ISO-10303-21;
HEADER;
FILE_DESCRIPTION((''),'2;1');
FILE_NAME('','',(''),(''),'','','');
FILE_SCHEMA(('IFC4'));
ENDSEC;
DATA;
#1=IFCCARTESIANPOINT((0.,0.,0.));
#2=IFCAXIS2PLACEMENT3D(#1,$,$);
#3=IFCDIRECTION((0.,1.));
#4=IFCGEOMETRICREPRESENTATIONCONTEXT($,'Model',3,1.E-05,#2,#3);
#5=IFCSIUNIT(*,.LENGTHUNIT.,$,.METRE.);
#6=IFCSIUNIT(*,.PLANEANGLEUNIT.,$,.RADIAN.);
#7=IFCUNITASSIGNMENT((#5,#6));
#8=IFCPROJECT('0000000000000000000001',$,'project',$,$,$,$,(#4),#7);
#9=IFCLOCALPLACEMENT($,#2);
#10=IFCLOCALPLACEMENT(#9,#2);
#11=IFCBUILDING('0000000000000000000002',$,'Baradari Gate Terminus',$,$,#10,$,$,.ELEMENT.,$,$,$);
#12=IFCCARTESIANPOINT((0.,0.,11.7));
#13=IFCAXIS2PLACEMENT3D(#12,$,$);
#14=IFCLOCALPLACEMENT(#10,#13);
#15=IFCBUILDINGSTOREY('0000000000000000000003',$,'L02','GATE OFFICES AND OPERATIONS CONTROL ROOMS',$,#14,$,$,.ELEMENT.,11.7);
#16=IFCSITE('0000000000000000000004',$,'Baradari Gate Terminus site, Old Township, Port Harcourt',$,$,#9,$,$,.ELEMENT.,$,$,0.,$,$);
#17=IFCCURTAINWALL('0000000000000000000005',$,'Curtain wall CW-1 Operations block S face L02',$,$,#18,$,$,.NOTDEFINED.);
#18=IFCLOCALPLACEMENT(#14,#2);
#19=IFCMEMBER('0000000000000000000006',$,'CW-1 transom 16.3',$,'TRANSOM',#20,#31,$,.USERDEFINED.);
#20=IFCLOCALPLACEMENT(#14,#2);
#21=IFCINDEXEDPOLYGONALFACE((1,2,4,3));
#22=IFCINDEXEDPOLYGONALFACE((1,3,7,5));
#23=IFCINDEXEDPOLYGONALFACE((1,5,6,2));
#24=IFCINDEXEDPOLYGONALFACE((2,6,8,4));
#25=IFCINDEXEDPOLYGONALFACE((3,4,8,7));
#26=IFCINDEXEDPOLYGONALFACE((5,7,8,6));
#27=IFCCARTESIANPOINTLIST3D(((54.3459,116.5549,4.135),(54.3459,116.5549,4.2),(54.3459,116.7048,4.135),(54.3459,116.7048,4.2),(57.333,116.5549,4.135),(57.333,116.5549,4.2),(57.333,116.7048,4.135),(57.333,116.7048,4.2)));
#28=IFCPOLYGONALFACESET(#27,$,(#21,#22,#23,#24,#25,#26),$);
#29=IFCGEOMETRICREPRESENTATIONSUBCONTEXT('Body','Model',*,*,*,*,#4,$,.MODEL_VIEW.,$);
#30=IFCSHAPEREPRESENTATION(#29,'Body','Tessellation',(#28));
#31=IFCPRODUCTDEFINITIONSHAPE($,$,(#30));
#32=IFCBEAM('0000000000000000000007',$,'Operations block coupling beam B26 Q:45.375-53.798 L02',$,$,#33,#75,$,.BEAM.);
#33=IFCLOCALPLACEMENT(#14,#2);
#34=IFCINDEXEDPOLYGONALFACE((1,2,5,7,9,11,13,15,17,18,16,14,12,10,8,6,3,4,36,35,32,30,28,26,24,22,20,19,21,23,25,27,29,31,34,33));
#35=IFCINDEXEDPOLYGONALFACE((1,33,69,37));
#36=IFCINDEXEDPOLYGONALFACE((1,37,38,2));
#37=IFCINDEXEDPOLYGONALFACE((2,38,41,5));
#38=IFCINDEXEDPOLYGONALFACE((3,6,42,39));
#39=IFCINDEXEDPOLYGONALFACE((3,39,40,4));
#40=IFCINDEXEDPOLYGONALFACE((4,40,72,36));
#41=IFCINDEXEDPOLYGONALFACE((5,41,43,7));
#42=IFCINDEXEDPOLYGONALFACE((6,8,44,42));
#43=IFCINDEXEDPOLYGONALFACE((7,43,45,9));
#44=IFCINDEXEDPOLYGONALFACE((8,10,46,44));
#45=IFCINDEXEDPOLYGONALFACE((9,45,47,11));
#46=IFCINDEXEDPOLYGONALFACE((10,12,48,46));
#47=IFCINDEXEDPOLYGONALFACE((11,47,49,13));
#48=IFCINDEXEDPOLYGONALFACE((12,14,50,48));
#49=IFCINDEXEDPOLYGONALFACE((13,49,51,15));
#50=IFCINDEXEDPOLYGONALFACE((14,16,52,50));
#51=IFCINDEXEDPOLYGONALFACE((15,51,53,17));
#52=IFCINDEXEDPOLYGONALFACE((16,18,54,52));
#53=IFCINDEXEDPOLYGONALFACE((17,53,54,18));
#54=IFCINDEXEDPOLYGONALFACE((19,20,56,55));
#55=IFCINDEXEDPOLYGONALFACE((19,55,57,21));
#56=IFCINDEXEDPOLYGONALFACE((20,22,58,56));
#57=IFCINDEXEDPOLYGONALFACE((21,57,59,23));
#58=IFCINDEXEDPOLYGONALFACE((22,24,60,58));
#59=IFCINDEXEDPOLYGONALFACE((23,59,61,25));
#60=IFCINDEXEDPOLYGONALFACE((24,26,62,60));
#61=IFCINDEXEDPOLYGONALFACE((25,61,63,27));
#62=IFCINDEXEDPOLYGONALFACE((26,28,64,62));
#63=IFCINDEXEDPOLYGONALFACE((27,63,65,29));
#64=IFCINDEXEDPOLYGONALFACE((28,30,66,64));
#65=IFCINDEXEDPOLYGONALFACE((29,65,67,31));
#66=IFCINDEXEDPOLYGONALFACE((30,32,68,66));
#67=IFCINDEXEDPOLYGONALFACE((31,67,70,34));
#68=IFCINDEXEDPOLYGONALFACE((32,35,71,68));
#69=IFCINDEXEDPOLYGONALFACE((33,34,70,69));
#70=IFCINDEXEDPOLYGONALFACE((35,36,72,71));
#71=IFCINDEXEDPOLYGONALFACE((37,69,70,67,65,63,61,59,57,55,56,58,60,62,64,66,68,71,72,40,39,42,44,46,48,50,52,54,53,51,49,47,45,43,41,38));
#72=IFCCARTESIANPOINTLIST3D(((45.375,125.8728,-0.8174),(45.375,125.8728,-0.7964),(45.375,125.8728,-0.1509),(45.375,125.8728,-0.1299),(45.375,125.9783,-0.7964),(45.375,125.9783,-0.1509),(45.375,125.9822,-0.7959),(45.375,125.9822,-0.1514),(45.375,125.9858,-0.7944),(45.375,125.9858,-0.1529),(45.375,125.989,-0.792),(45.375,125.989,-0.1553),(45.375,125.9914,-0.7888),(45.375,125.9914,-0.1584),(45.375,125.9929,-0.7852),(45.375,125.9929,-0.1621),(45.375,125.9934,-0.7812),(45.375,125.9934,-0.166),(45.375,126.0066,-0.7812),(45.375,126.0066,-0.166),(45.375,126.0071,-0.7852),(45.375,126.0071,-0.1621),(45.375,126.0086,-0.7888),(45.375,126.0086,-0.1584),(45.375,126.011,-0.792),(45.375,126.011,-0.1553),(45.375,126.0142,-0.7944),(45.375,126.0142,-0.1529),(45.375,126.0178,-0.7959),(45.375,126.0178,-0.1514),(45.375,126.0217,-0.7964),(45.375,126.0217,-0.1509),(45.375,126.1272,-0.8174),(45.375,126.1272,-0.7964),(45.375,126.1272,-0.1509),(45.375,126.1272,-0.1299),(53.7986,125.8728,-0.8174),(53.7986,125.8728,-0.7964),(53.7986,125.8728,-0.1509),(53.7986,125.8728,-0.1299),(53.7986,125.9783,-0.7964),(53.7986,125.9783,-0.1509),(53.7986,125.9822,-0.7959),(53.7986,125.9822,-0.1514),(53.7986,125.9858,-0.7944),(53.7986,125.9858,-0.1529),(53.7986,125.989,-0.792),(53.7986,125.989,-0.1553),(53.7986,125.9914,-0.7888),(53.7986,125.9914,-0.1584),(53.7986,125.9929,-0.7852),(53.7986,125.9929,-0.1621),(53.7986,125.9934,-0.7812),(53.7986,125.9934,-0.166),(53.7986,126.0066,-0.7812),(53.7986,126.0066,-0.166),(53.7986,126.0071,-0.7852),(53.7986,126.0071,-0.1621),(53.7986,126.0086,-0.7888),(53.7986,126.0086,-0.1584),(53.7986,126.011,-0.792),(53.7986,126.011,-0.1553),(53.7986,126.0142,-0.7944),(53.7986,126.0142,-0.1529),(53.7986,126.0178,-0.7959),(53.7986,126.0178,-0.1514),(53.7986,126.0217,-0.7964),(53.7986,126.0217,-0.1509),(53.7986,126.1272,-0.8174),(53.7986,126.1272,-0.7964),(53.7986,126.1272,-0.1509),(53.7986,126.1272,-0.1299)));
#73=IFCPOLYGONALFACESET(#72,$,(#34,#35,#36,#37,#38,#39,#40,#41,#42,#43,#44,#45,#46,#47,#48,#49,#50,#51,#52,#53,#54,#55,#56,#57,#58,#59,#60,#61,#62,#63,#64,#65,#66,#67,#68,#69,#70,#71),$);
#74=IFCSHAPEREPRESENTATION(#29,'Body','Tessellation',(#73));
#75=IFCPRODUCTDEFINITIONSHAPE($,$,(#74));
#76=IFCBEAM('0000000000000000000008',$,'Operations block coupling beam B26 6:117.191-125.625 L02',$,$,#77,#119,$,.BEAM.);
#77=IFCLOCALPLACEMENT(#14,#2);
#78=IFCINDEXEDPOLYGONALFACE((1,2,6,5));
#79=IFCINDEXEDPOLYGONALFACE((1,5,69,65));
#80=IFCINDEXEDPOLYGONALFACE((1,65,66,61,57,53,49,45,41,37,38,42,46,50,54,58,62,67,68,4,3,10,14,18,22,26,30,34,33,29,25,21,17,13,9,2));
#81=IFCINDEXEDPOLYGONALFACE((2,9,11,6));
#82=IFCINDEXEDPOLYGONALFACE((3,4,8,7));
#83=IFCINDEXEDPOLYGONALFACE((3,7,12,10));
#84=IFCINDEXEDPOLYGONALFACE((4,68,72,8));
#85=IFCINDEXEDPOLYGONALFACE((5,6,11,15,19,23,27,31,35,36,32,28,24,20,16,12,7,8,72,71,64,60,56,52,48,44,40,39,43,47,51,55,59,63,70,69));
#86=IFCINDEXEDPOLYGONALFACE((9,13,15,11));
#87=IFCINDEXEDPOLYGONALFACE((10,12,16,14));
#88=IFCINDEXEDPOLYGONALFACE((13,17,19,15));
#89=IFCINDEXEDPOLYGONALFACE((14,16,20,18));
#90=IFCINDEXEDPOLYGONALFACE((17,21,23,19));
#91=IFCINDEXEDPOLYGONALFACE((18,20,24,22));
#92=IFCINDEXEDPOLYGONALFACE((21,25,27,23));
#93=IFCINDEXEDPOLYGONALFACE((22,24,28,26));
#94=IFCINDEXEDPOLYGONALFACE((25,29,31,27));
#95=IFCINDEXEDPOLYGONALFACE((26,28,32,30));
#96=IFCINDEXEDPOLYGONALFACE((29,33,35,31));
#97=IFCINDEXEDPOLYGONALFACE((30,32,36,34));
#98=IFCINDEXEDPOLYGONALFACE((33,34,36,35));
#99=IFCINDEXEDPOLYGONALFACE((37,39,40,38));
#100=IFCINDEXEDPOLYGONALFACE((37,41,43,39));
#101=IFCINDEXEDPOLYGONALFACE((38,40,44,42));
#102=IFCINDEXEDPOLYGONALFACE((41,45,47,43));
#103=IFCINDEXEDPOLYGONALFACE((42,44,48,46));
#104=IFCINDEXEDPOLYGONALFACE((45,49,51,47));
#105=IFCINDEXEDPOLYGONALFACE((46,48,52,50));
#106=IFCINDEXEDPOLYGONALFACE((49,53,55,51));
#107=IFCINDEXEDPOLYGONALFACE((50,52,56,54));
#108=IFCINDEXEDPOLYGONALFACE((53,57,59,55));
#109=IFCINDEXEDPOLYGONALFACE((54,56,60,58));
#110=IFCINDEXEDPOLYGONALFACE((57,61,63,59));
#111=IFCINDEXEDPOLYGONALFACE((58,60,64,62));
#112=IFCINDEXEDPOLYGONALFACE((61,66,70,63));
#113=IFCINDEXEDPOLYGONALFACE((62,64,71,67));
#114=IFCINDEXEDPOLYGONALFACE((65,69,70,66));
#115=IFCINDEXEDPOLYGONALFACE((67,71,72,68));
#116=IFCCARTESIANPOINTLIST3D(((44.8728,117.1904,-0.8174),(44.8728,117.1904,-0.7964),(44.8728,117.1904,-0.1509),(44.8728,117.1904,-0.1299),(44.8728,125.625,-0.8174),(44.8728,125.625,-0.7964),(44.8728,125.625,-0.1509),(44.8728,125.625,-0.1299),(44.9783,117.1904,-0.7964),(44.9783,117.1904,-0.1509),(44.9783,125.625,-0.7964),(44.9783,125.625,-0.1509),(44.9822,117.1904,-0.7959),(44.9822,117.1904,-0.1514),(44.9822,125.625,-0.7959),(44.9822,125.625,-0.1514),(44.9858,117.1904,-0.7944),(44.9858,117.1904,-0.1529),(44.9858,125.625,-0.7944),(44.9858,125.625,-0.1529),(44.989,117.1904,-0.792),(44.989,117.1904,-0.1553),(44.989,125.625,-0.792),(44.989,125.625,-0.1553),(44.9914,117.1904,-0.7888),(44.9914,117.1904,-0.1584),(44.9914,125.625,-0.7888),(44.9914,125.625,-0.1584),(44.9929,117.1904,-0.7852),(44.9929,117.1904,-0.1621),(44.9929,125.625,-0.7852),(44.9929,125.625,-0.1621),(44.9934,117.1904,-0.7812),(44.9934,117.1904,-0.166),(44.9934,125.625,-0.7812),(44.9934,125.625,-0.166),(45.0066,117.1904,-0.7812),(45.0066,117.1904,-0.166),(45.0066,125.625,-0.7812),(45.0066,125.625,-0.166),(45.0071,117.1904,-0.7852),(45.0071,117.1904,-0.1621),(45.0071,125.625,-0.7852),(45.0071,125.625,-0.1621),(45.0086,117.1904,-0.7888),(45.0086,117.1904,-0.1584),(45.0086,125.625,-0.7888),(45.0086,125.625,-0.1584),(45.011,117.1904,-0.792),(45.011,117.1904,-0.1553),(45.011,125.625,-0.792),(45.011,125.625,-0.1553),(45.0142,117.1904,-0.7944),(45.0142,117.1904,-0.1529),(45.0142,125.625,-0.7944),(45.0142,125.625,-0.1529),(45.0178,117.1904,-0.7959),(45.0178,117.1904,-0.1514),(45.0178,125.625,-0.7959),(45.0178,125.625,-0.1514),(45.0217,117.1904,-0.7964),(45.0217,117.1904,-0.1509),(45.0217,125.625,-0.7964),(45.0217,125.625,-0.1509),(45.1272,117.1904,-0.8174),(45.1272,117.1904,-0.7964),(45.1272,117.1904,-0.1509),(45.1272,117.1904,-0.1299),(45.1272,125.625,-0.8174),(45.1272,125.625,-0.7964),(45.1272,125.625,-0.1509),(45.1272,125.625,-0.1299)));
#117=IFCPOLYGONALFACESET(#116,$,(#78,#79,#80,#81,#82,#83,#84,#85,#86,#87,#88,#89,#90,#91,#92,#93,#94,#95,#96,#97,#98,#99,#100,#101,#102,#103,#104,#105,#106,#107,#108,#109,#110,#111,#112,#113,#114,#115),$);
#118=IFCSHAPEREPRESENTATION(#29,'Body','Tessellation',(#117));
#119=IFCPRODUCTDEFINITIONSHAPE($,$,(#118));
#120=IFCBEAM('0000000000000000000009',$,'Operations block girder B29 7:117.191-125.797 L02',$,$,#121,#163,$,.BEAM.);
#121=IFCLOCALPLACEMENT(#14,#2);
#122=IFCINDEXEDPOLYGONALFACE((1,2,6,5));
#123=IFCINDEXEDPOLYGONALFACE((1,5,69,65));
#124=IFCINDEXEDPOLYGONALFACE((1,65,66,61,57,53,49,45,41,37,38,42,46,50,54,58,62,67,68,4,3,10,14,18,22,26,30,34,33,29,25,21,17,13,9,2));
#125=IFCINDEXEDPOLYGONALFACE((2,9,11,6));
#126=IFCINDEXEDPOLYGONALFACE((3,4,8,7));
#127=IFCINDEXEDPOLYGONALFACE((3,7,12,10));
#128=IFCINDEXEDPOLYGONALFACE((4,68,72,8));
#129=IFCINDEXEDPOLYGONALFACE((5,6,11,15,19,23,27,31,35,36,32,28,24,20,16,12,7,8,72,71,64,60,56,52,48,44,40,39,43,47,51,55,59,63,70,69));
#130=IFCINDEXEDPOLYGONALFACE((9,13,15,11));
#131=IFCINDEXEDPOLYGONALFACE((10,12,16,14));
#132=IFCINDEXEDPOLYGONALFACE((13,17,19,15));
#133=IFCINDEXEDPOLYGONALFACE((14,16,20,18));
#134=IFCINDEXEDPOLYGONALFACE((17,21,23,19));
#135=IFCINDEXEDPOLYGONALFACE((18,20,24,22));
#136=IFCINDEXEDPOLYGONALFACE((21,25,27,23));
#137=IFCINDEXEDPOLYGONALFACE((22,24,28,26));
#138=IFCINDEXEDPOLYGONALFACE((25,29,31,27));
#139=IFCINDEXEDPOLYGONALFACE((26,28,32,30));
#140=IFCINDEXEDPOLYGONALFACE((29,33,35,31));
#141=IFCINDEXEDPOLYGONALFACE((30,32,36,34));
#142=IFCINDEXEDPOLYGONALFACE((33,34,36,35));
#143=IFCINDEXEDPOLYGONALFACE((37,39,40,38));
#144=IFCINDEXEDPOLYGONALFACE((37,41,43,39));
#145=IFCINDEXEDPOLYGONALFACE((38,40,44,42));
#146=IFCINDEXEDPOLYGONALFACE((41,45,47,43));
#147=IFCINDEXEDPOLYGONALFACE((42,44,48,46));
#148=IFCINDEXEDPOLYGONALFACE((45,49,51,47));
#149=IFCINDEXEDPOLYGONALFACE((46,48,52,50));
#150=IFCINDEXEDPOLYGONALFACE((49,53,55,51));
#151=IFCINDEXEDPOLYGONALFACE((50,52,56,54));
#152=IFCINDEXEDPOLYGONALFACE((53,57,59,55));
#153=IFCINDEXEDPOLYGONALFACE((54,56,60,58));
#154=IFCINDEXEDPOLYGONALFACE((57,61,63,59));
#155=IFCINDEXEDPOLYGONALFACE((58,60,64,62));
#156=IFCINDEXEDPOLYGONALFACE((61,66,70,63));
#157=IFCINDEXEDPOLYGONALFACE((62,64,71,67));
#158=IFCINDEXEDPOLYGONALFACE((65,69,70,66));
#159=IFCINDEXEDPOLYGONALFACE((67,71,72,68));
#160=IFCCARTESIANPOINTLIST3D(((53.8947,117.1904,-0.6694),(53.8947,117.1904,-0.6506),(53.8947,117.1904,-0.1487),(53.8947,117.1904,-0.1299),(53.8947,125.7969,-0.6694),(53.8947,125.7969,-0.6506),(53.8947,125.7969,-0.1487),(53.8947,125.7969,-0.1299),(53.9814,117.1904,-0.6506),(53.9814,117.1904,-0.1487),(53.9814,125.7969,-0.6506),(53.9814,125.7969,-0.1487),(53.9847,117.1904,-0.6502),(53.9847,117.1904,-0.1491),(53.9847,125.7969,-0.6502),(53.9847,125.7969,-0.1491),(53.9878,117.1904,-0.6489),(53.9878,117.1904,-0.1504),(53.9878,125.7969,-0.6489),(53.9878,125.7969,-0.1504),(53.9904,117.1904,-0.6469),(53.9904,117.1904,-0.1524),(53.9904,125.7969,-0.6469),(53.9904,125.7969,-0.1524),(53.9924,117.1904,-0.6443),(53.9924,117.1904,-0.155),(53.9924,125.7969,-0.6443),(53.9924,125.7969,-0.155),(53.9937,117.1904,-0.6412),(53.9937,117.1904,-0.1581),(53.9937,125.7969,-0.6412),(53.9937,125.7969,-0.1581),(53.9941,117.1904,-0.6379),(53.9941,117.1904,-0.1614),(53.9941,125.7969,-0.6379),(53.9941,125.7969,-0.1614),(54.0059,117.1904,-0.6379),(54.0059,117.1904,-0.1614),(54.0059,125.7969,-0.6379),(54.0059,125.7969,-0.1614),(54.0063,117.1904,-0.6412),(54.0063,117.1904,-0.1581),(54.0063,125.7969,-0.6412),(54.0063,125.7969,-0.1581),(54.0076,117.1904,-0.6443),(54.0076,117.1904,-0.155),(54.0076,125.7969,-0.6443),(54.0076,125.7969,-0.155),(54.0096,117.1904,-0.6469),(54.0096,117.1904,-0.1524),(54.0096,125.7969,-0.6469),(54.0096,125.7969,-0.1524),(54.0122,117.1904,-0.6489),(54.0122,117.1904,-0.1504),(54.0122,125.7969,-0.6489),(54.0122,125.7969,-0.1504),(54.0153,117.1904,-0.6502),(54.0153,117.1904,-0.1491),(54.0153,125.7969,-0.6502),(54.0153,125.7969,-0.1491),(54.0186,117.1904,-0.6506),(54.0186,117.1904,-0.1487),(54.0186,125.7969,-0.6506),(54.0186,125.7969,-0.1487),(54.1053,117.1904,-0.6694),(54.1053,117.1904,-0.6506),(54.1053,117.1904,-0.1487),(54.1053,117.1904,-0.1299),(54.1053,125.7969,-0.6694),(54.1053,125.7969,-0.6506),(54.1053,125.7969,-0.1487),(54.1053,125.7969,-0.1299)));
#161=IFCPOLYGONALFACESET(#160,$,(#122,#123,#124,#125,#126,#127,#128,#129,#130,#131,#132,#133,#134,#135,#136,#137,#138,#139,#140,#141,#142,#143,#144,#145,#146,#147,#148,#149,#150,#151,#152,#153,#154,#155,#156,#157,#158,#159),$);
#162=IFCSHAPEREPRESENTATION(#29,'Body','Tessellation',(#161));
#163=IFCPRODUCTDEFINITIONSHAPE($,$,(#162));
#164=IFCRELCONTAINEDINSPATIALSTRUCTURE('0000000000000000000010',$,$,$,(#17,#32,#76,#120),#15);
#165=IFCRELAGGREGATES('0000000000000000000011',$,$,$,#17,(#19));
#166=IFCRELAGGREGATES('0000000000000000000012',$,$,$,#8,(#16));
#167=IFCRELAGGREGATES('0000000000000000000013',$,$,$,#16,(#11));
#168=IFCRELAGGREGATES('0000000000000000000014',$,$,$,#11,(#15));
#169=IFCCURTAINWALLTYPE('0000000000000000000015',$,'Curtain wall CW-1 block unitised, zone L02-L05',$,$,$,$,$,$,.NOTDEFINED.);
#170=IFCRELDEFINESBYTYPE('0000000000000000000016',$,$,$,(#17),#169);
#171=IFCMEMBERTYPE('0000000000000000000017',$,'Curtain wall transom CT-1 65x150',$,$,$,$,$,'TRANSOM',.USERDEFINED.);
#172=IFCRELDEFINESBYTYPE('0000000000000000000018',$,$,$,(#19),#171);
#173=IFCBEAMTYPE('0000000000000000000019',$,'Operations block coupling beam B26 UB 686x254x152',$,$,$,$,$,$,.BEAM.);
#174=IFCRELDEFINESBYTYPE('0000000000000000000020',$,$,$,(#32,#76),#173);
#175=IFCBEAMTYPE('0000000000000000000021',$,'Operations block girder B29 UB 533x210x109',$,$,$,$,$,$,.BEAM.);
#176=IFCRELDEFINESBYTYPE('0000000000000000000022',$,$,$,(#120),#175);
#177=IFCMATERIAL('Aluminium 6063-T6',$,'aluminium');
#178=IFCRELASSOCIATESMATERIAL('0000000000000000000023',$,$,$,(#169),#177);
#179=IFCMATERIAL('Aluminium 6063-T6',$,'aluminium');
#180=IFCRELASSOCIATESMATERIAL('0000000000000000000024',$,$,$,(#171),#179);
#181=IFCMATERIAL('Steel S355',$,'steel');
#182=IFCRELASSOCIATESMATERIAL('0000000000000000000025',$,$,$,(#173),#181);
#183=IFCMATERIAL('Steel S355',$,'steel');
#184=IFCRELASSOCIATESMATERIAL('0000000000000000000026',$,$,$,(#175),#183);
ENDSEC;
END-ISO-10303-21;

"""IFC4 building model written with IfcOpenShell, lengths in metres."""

from ifc_helpers import new_model, si_unit, direction, frame, origin, origin_2d, place, context, subcontext, project, spatial, rectangle, i_section, extrude, material, material_profile, profile_set, type_object, element, aggregate, save


model = new_model("IFC4")

# Units and contexts
model_context = context("Model", 3, precision=1e-05, world=origin(), true_north=direction((0.0, 1.0)))
body_context = subcontext(model_context, "Body", "Model", "MODEL_VIEW")
ifc_project = project(units=[si_unit("LENGTHUNIT", "METRE"), si_unit("PLANEANGLEUNIT", "RADIAN")], contexts=[model_context])

# Site, building, storey
site_placement = place(None, origin())
site = spatial("IfcSite", under=ifc_project, at=site_placement, Name="Baradari Gate Terminus site, Old Township, Port Harcourt", CompositionType="ELEMENT", RefElevation=0.0)
building_placement = place(site_placement, origin())
building = spatial("IfcBuilding", under=site, at=building_placement, Name="Baradari Gate Terminus", CompositionType="ELEMENT")
storey_placement = place(building_placement, frame((0.0, 0.0, 11.7)))
storey = spatial("IfcBuildingStorey", under=building, at=storey_placement, Name="L02", Description="GATE OFFICES AND OPERATIONS CONTROL ROOMS", CompositionType="ELEMENT", Elevation=11.7)

# Curtain wall, member
ifc_material_1 = material(Name="Aluminium 6063-T6", Category="aluminium")
curtain_wall_type = type_object("IfcCurtainWallType", Name="Curtain wall CW-1 block unitised, zone L02-L05", PredefinedType="NOTDEFINED", material=ifc_material_1)
curtain_wall_placement = place(storey_placement, origin())
curtain_wall = element("IfcCurtainWall", 1, at=curtain_wall_placement, inside=storey, type_object=curtain_wall_type, Name="Curtain wall CW-1 Operations block S face L02", PredefinedType="NOTDEFINED")
ifc_material_2 = material(Name="Aluminium 6063-T6", Category="aluminium")
ifc_material_profile_1 = material_profile(ifc_material_2, rectangle(XDim=0.1499, YDim=0.0649, at=origin_2d()), Name="CT-1 65X150")
ifc_profile_set_1 = profile_set([ifc_material_profile_1], Name="Aluminium 6063-T6")
member_type_1 = type_object("IfcMemberType", Name="Curtain wall transom CT-1 65x150", ElementType="TRANSOM", PredefinedType="USERDEFINED", material=ifc_profile_set_1)
member_1_placement = place(storey_placement, frame((54.3459, 116.6299, 4.1675), z_axis=(1.0, 0.0, 0.0), x_axis=(0.0, 1.0, 0.0)))
member_1 = element("IfcMember", 2, at=member_1_placement, type_object=member_type_1, Name="CW-1 transom 16.3", ObjectType="TRANSOM", PredefinedType="USERDEFINED", context=body_context, shape_type="SweptSolid", body=[
    extrude(rectangle(XDim=0.1499, YDim=0.0649, at=origin_2d()), origin(), (0.0, 0.0, 1.0), 2.9871),
])

# Beams
ifc_material_3 = material(Name="Steel S355", Category="steel")
ifc_material_profile_2 = material_profile(ifc_material_3, i_section(OverallWidth=0.2544, OverallDepth=0.6875, WebThickness=0.0132, FlangeThickness=0.021, FilletRadius=0.0151, at=origin_2d()), Name="UB 686x254x152")
ifc_profile_set_2 = profile_set([ifc_material_profile_2], Name="Steel S355")
beam_type_1 = type_object("IfcBeamType", Name="Operations block coupling beam B26 UB 686x254x152", PredefinedType="BEAM", material=ifc_profile_set_2)
beam_1_placement = place(storey_placement, frame((45.375, 126.0, -0.4736), z_axis=(1.0, 0.0, 0.0), x_axis=(0.0, 1.0, 0.0)))
element("IfcBeam", 3, at=beam_1_placement, inside=storey, type_object=beam_type_1, Name="Operations block coupling beam B26 Q:45.375-53.798 L02", PredefinedType="BEAM", context=body_context, shape_type="SweptSolid", body=[
    extrude(i_section(OverallWidth=0.2544, OverallDepth=0.6875, WebThickness=0.0132, FlangeThickness=0.021, FilletRadius=0.0151, at=origin_2d()), origin(), (0.0, 0.0, 1.0), 8.4236),
])
beam_2_placement = place(storey_placement, frame((45.0, 117.1904, -0.4736), z_axis=(0.0, 1.0, 0.0), x_axis=(-1.0, 0.0, 0.0)))
element("IfcBeam", 4, at=beam_2_placement, inside=storey, type_object=beam_type_1, Name="Operations block coupling beam B26 6:117.191-125.625 L02", PredefinedType="BEAM", context=body_context, shape_type="SweptSolid", body=[
    extrude(i_section(OverallWidth=0.2544, OverallDepth=0.6875, WebThickness=0.0132, FlangeThickness=0.021, FilletRadius=0.0151, at=origin_2d()), origin(), (0.0, 0.0, 1.0), 8.4346),
])
ifc_material_4 = material(Name="Steel S355", Category="steel")
ifc_material_profile_3 = material_profile(ifc_material_4, i_section(OverallWidth=0.2107, OverallDepth=0.5396, WebThickness=0.0117, FlangeThickness=0.0188, FilletRadius=0.0127, at=origin_2d()), Name="UB 533x210x109")
ifc_profile_set_3 = profile_set([ifc_material_profile_3], Name="Steel S355")
beam_type_2 = type_object("IfcBeamType", Name="Operations block girder B29 UB 533x210x109", PredefinedType="BEAM", material=ifc_profile_set_3)
beam_3_placement = place(storey_placement, frame((54.0, 117.1904, -0.3997), z_axis=(0.0, 1.0, 0.0), x_axis=(-1.0, 0.0, 0.0)))
element("IfcBeam", 5, at=beam_3_placement, inside=storey, type_object=beam_type_2, Name="Operations block girder B29 7:117.191-125.797 L02", PredefinedType="BEAM", context=body_context, shape_type="SweptSolid", body=[
    extrude(i_section(OverallWidth=0.2107, OverallDepth=0.5396, WebThickness=0.0117, FlangeThickness=0.0188, FilletRadius=0.0127, at=origin_2d()), origin(), (0.0, 0.0, 1.0), 8.6064),
])

aggregate(curtain_wall, [member_1])

save(model, "model.ifc")
